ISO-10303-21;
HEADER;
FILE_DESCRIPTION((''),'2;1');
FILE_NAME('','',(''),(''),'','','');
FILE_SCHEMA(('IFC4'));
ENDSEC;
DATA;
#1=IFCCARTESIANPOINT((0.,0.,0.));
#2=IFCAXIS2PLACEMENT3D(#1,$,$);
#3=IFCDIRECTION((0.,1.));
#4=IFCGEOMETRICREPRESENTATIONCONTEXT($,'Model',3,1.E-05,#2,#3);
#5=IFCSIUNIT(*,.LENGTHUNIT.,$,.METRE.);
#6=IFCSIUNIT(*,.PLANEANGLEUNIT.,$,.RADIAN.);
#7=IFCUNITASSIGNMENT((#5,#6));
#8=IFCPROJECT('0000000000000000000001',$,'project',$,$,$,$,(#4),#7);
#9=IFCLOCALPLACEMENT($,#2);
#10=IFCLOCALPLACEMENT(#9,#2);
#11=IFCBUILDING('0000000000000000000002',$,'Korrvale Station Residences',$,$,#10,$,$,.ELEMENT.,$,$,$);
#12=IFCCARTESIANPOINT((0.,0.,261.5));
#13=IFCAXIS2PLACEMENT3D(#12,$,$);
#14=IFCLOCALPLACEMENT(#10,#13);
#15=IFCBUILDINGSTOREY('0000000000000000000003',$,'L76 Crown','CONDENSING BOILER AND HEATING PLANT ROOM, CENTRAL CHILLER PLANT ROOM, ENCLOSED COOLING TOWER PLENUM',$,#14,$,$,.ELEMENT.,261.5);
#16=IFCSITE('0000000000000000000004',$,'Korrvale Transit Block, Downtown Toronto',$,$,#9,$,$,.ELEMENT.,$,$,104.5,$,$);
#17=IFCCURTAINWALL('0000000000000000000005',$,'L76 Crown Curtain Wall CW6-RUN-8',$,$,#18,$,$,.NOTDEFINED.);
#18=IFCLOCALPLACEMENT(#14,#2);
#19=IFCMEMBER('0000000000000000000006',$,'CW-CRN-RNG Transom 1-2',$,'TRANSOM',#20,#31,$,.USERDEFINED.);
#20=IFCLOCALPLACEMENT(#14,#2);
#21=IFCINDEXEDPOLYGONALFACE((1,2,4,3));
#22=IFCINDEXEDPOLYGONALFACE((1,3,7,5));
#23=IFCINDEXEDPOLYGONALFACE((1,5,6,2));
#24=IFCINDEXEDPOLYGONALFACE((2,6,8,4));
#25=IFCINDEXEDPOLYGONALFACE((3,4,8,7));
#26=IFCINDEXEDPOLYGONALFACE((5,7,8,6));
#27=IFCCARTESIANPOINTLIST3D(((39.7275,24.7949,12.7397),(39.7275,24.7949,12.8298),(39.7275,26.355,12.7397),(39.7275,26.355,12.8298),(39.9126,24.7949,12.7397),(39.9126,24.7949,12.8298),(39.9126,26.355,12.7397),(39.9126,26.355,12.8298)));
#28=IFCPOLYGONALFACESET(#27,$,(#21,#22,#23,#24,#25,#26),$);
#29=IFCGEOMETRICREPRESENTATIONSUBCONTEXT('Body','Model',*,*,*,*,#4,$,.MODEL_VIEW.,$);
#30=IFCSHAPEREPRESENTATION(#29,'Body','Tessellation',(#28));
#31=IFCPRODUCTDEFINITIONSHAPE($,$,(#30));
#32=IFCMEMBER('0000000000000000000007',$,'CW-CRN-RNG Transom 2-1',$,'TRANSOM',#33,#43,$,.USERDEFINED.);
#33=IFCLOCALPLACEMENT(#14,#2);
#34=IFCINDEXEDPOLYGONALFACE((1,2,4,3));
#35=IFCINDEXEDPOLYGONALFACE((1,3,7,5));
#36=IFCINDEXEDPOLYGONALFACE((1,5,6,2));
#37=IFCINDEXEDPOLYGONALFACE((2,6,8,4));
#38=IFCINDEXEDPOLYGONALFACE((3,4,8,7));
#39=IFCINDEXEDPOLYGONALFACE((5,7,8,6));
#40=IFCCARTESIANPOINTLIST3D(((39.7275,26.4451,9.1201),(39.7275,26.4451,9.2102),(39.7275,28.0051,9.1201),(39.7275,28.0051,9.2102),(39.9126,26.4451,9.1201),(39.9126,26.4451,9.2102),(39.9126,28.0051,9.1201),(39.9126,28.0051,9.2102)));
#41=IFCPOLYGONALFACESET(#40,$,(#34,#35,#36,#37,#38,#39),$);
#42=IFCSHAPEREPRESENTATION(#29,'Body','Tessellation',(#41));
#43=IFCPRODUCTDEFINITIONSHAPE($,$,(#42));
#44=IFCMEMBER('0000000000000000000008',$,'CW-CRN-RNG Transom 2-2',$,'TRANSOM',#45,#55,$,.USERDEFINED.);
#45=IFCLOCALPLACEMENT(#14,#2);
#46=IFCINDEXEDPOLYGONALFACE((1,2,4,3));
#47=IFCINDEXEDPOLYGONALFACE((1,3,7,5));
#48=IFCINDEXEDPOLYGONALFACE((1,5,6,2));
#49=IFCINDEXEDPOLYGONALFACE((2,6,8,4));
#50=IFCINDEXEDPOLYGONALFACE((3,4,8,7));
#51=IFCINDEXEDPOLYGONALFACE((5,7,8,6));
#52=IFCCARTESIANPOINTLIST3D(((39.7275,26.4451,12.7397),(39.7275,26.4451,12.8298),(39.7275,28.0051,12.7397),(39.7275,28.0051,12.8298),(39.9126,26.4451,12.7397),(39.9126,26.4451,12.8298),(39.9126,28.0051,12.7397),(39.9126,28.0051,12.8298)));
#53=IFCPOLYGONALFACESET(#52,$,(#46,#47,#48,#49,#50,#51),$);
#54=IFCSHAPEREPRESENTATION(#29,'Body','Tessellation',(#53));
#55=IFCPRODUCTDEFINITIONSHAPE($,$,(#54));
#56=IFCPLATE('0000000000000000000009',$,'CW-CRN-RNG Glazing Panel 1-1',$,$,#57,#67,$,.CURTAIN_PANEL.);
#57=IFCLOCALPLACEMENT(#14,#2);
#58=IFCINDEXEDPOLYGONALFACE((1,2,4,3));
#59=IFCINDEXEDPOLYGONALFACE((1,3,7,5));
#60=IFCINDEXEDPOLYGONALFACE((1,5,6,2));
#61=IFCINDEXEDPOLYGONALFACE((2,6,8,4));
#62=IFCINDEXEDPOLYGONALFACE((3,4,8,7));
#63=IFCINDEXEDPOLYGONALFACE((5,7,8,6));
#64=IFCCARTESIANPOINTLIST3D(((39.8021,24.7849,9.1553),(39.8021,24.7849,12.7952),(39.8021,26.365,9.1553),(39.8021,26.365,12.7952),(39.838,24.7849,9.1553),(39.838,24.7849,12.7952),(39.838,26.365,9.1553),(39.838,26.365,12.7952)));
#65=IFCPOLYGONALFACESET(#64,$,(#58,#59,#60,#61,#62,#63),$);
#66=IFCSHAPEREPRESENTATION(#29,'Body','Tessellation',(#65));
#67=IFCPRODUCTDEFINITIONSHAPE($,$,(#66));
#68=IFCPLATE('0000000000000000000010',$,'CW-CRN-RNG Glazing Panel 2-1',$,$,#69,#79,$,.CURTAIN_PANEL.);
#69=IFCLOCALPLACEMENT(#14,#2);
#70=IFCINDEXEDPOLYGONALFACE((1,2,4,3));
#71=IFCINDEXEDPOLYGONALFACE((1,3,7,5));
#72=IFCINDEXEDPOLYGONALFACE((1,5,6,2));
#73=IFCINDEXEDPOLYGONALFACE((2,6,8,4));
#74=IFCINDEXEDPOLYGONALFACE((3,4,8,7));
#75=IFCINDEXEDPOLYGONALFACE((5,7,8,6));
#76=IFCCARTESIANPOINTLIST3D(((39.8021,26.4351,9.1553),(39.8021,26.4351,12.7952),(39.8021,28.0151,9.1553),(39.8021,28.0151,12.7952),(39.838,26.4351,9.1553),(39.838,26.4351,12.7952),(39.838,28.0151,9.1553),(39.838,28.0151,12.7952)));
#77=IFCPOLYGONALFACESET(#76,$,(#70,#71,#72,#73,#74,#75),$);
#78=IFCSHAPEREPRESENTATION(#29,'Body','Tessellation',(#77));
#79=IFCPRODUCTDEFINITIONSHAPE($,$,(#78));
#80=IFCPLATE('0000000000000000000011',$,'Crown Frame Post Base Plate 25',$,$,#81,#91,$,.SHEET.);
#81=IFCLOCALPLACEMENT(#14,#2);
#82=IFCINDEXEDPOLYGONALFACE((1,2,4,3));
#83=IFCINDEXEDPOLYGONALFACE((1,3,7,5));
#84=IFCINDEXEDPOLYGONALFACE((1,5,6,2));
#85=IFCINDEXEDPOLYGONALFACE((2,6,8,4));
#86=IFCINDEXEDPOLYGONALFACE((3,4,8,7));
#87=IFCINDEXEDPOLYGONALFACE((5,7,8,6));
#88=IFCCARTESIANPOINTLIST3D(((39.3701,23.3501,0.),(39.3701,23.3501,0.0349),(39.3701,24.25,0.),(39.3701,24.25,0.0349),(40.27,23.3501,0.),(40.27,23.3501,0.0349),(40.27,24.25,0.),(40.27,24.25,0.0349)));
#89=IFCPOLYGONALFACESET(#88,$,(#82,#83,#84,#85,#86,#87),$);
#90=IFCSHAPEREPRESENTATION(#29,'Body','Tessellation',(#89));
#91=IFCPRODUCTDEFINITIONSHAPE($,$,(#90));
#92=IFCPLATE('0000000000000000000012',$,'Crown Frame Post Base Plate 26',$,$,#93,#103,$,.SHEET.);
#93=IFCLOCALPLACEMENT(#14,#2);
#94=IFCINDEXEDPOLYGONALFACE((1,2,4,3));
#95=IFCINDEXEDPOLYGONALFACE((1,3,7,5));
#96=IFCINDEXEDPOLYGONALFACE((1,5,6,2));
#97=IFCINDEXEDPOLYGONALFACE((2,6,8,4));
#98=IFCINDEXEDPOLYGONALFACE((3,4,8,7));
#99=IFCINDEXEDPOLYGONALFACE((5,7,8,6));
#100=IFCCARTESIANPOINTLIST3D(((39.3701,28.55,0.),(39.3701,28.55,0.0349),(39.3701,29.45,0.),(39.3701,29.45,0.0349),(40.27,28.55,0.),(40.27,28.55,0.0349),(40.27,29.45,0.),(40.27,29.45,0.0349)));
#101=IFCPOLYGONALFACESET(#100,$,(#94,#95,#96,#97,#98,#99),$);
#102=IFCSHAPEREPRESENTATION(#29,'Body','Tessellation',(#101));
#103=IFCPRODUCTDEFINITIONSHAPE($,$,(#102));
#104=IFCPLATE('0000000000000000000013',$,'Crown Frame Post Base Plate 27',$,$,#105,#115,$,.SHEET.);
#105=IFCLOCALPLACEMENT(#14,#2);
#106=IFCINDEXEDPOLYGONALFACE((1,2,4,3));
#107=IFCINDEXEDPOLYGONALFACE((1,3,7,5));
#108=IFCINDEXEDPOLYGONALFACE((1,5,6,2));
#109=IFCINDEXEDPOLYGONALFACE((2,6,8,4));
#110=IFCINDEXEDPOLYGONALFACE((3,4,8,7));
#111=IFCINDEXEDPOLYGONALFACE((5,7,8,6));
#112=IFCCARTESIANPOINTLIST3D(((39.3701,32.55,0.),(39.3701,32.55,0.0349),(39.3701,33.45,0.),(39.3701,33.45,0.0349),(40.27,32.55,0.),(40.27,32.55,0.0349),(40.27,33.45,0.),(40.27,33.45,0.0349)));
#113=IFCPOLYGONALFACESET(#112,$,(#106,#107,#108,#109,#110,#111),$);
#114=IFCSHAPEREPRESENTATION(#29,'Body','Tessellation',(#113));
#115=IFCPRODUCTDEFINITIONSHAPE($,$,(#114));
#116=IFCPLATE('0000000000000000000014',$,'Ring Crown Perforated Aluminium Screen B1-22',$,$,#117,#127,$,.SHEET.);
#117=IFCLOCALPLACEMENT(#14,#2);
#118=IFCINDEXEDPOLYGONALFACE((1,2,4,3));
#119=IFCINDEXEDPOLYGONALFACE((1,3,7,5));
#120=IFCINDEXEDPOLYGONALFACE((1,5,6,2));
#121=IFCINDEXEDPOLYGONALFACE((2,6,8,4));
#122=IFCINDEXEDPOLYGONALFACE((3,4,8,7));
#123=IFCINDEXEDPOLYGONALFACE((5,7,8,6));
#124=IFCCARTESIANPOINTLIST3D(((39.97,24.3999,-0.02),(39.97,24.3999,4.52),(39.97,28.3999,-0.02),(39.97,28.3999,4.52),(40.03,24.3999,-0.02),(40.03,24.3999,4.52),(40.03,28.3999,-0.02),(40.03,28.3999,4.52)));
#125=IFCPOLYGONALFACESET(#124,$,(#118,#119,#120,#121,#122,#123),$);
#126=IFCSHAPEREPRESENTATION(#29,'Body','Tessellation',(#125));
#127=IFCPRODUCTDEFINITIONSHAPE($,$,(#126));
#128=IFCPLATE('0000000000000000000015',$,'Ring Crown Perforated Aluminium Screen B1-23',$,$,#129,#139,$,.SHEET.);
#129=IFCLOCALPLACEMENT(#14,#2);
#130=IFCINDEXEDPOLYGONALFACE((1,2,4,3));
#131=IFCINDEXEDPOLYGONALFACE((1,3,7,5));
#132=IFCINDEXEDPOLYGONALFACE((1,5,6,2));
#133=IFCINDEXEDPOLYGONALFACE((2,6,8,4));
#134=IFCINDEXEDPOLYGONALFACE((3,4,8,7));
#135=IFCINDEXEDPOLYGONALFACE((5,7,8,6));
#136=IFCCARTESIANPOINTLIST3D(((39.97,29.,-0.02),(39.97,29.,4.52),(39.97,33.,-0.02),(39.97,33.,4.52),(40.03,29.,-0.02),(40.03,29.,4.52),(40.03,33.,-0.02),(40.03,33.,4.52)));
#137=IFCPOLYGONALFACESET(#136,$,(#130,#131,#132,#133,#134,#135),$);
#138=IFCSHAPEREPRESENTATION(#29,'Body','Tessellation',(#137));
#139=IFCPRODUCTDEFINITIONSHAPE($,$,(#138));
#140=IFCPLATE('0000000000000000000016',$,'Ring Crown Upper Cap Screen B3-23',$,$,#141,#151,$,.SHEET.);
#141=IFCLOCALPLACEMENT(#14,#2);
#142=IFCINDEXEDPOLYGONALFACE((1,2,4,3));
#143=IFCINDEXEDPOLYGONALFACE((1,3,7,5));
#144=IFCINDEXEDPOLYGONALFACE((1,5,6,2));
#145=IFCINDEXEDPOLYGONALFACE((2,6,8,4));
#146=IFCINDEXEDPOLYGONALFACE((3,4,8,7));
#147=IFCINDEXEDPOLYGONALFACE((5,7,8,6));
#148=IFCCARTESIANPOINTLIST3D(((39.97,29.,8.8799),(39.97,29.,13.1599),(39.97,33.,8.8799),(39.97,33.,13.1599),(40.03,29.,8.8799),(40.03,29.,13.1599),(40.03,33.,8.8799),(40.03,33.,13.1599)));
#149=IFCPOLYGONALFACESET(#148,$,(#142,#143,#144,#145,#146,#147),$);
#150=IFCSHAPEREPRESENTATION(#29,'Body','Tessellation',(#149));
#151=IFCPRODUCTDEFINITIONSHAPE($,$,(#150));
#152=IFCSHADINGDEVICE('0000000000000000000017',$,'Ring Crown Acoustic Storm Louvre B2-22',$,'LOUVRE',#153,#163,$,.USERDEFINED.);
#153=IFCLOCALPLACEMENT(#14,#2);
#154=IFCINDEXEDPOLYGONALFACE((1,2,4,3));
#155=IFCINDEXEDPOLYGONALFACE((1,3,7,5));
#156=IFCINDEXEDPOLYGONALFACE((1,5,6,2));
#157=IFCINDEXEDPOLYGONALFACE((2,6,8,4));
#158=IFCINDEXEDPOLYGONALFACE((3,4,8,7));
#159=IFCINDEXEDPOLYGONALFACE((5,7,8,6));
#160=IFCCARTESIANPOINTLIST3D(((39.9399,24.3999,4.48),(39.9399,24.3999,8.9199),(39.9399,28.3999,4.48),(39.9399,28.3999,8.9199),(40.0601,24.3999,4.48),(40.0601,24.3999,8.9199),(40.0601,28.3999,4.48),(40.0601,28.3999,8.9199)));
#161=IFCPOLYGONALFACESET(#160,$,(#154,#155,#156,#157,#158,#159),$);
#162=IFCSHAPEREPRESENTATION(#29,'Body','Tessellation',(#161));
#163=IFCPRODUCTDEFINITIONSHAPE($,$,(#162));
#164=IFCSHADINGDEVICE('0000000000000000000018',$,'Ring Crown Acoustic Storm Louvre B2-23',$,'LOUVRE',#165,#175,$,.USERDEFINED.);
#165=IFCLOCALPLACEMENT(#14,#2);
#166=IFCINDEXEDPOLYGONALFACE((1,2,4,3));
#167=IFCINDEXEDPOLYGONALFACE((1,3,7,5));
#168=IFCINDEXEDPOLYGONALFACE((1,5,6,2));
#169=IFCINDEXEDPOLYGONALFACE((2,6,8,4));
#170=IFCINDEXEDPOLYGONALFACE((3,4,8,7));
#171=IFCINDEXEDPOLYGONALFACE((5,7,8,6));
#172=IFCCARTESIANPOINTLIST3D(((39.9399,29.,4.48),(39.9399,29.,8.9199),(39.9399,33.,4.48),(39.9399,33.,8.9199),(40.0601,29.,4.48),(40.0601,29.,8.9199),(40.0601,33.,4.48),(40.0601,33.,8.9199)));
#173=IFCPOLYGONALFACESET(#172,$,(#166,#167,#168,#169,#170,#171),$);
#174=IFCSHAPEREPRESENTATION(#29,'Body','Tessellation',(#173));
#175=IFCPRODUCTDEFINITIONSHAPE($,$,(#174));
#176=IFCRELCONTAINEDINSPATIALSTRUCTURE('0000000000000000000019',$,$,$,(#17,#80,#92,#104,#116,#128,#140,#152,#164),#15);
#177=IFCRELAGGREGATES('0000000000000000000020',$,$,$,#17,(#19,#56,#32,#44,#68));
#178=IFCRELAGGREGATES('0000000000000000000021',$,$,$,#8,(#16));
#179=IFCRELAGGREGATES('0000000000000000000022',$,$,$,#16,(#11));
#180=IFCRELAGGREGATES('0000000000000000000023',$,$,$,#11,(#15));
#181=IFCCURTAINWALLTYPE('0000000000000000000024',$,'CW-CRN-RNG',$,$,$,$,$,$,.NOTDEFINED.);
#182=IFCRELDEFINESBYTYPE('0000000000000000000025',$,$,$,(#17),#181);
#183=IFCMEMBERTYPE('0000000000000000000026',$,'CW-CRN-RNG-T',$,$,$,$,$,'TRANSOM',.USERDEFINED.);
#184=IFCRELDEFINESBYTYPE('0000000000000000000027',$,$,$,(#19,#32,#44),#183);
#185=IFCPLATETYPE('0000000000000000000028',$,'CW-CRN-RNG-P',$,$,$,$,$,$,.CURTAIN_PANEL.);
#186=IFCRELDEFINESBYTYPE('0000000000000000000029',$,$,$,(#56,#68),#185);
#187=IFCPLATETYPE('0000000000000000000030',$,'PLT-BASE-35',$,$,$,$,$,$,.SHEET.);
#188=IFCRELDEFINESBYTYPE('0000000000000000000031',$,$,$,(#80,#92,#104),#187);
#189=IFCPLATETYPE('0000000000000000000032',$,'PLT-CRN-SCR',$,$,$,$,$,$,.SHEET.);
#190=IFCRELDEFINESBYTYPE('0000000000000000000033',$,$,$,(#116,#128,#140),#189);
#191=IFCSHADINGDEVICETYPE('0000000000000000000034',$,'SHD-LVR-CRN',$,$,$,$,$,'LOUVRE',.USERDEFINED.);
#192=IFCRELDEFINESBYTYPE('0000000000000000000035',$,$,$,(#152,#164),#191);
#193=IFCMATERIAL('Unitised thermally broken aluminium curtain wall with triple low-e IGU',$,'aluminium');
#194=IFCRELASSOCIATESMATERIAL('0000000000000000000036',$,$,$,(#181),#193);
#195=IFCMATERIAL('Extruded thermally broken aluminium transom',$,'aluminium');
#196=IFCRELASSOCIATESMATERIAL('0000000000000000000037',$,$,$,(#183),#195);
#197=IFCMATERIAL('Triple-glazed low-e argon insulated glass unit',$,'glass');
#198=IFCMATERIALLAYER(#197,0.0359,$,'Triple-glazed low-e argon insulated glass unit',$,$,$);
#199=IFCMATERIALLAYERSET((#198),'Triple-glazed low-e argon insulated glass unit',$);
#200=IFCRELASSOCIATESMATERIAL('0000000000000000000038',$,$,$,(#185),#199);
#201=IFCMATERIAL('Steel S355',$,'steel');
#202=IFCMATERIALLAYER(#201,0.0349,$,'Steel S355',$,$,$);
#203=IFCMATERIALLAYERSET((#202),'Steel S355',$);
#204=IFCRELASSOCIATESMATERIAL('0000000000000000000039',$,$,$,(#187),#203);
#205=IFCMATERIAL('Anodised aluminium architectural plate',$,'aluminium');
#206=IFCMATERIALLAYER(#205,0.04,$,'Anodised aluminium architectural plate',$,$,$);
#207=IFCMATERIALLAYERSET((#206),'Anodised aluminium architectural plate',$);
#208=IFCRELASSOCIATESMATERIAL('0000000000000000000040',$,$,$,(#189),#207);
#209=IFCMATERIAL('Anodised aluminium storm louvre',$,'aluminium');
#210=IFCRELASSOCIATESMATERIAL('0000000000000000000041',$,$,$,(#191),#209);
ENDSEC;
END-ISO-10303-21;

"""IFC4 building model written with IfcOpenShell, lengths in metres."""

from ifc_helpers import new_model, si_unit, direction, frame, origin, origin_2d, place, context, subcontext, project, spatial, rectangle, extrude, material, layer, layer_set, type_object, element, aggregate, save


model = new_model("IFC4")

# Units and contexts
model_context = context("Model", 3, precision=1e-05, world=origin(), true_north=direction((0.0, 1.0)))
body_context = subcontext(model_context, "Body", "Model", "MODEL_VIEW")
ifc_project = project(units=[si_unit("LENGTHUNIT", "METRE"), si_unit("PLANEANGLEUNIT", "RADIAN")], contexts=[model_context])

# Site, building, storey
site_placement = place(None, origin())
site = spatial("IfcSite", under=ifc_project, at=site_placement, Name="Korrvale Transit Block, Downtown Toronto", CompositionType="ELEMENT", RefElevation=104.5)
building_placement = place(site_placement, origin())
building = spatial("IfcBuilding", under=site, at=building_placement, Name="Korrvale Station Residences", CompositionType="ELEMENT")
storey_placement = place(building_placement, frame((0.0, 0.0, 261.5)))
storey = spatial("IfcBuildingStorey", under=building, at=storey_placement, Name="L76 Crown", Description="CONDENSING BOILER AND HEATING PLANT ROOM, CENTRAL CHILLER PLANT ROOM, ENCLOSED COOLING TOWER PLENUM", CompositionType="ELEMENT", Elevation=261.5)

# Shared definitions
ifc_material_1 = material(Name="Steel S355", Category="steel")

# Curtain wall, members, plates
ifc_material_2 = material(Name="Unitised thermally broken aluminium curtain wall with triple low-e IGU", Category="aluminium")
curtain_wall_type = type_object("IfcCurtainWallType", Name="CW-CRN-RNG", PredefinedType="NOTDEFINED", material=ifc_material_2)
curtain_wall_placement = place(storey_placement, origin())
curtain_wall = element("IfcCurtainWall", 1, at=curtain_wall_placement, inside=storey, type_object=curtain_wall_type, Name="L76 Crown Curtain Wall CW6-RUN-8", PredefinedType="NOTDEFINED")
ifc_material_3 = material(Name="Extruded thermally broken aluminium transom", Category="aluminium")
member_type_1 = type_object("IfcMemberType", Name="CW-CRN-RNG-T", ElementType="TRANSOM", PredefinedType="USERDEFINED", material=ifc_material_3)
member_1_placement = place(storey_placement, frame((39.8201, 25.575, 12.7397), z_axis=(0.0, 0.0, 1.0), x_axis=(0.0, 1.0, 0.0)))
member_1 = element("IfcMember", 2, at=member_1_placement, type_object=member_type_1, Name="CW-CRN-RNG Transom 1-2", ObjectType="TRANSOM", PredefinedType="USERDEFINED", context=body_context, shape_type="SweptSolid", body=[
    extrude(rectangle(XDim=1.5601, YDim=0.1851, at=origin_2d()), origin(), (0.0, 0.0, 1.0), 0.0901),
])
member_2_placement = place(storey_placement, frame((39.8201, 27.2251, 9.1201), z_axis=(0.0, 0.0, 1.0), x_axis=(0.0, 1.0, 0.0)))
member_2 = element("IfcMember", 3, at=member_2_placement, type_object=member_type_1, Name="CW-CRN-RNG Transom 2-1", ObjectType="TRANSOM", PredefinedType="USERDEFINED", context=body_context, shape_type="SweptSolid", body=[
    extrude(rectangle(XDim=1.5601, YDim=0.1851, at=origin_2d()), origin(), (0.0, 0.0, 1.0), 0.0901),
])
member_3_placement = place(storey_placement, frame((39.8201, 27.2251, 12.7397), z_axis=(0.0, 0.0, 1.0), x_axis=(0.0, 1.0, 0.0)))
member_3 = element("IfcMember", 4, at=member_3_placement, type_object=member_type_1, Name="CW-CRN-RNG Transom 2-2", ObjectType="TRANSOM", PredefinedType="USERDEFINED", context=body_context, shape_type="SweptSolid", body=[
    extrude(rectangle(XDim=1.5601, YDim=0.1851, at=origin_2d()), origin(), (0.0, 0.0, 1.0), 0.0901),
])
ifc_material_4 = material(Name="Triple-glazed low-e argon insulated glass unit", Category="glass")
ifc_layer_1 = layer(ifc_material_4, 0.0359, Name="Triple-glazed low-e argon insulated glass unit")
ifc_layer_set_1 = layer_set([ifc_layer_1], Name="Triple-glazed low-e argon insulated glass unit")
plate_type_1 = type_object("IfcPlateType", Name="CW-CRN-RNG-P", PredefinedType="CURTAIN_PANEL", material=ifc_layer_set_1)
plate_1_placement = place(storey_placement, frame((39.8201, 25.575, 9.1553), z_axis=(0.0, 0.0, 1.0), x_axis=(0.0, 1.0, 0.0)))
plate_1 = element("IfcPlate", 5, at=plate_1_placement, type_object=plate_type_1, Name="CW-CRN-RNG Glazing Panel 1-1", PredefinedType="CURTAIN_PANEL", context=body_context, shape_type="SweptSolid", body=[
    extrude(rectangle(XDim=1.5801, YDim=0.0359, at=origin_2d()), origin(), (0.0, 0.0, 1.0), 3.6399),
])
plate_2_placement = place(storey_placement, frame((39.8201, 27.2251, 9.1553), z_axis=(0.0, 0.0, 1.0), x_axis=(0.0, 1.0, 0.0)))
plate_2 = element("IfcPlate", 6, at=plate_2_placement, type_object=plate_type_1, Name="CW-CRN-RNG Glazing Panel 2-1", PredefinedType="CURTAIN_PANEL", context=body_context, shape_type="SweptSolid", body=[
    extrude(rectangle(XDim=1.5801, YDim=0.0359, at=origin_2d()), origin(), (0.0, 0.0, 1.0), 3.6399),
])
aggregate(curtain_wall, [member_1, plate_1, member_2, member_3, plate_2])

# Plates
ifc_layer_2 = layer(ifc_material_1, 0.0349, Name="Steel S355")
ifc_layer_set_2 = layer_set([ifc_layer_2], Name="Steel S355")
plate_type_2 = type_object("IfcPlateType", Name="PLT-BASE-35", PredefinedType="SHEET", material=ifc_layer_set_2)
for number, where, z_axis, x_axis, name in (
    (7, (39.8201, 23.8, 0.0), (0.0, 0.0, 1.0), (1.0, 0.0, 0.0), "Crown Frame Post Base Plate 25"),
    (8, (39.8201, 29.0, 0.0), (0.0, 0.0, 1.0), (1.0, 0.0, 0.0), "Crown Frame Post Base Plate 26"),
    (9, (39.8201, 33.0, 0.0), (0.0, 0.0, 1.0), (1.0, 0.0, 0.0), "Crown Frame Post Base Plate 27"),
):
    element("IfcPlate", number, at=place(storey_placement, frame(where, z_axis=z_axis, x_axis=x_axis)), inside=storey, type_object=plate_type_2, Name=name, PredefinedType="SHEET", context=body_context, shape_type="SweptSolid", body=[
        extrude(rectangle(XDim=0.8999, YDim=0.8999, at=origin_2d()), origin(), (0.0, 0.0, 1.0), 0.0349),
    ])
ifc_material_5 = material(Name="Anodised aluminium architectural plate", Category="aluminium")
ifc_layer_3 = layer(ifc_material_5, 0.04, Name="Anodised aluminium architectural plate")
ifc_layer_set_3 = layer_set([ifc_layer_3], Name="Anodised aluminium architectural plate")
plate_type_3 = type_object("IfcPlateType", Name="PLT-CRN-SCR", PredefinedType="SHEET", material=ifc_layer_set_3)
for number, where, z_axis, x_axis, name in (
    (10, (40.0, 26.3999, -0.02), (0.0, 0.0, 1.0), (0.0, 1.0, 0.0), "Ring Crown Perforated Aluminium Screen B1-22"),
    (11, (40.0, 31.0, -0.02), (0.0, 0.0, 1.0), (0.0, 1.0, 0.0), "Ring Crown Perforated Aluminium Screen B1-23"),
):
    element("IfcPlate", number, at=place(storey_placement, frame(where, z_axis=z_axis, x_axis=x_axis)), inside=storey, type_object=plate_type_3, Name=name, PredefinedType="SHEET", context=body_context, shape_type="SweptSolid", body=[
        extrude(rectangle(XDim=4.0, YDim=0.0601, at=origin_2d()), origin(), (0.0, 0.0, 1.0), 4.54),
    ])
plate_3_placement = place(storey_placement, frame((40.0, 31.0, 8.8799), z_axis=(0.0, 0.0, 1.0), x_axis=(0.0, 1.0, 0.0)))
element("IfcPlate", 12, at=plate_3_placement, inside=storey, type_object=plate_type_3, Name="Ring Crown Upper Cap Screen B3-23", PredefinedType="SHEET", context=body_context, shape_type="SweptSolid", body=[
    extrude(rectangle(XDim=4.0, YDim=0.0601, at=origin_2d()), origin(), (0.0, 0.0, 1.0), 4.28),
])

# Shading devices
ifc_material_6 = material(Name="Anodised aluminium storm louvre", Category="aluminium")
shading_device_type = type_object("IfcShadingDeviceType", Name="SHD-LVR-CRN", ElementType="LOUVRE", PredefinedType="USERDEFINED", material=ifc_material_6)
for number, where, z_axis, x_axis, name in (
    (13, (40.0, 26.3999, 4.48), (0.0, 0.0, 1.0), (0.0, 1.0, 0.0), "Ring Crown Acoustic Storm Louvre B2-22"),
    (14, (40.0, 31.0, 4.48), (0.0, 0.0, 1.0), (0.0, 1.0, 0.0), "Ring Crown Acoustic Storm Louvre B2-23"),
):
    element("IfcShadingDevice", number, at=place(storey_placement, frame(where, z_axis=z_axis, x_axis=x_axis)), inside=storey, type_object=shading_device_type, Name=name, ObjectType="LOUVRE", PredefinedType="USERDEFINED", context=body_context, shape_type="SweptSolid", body=[
        extrude(rectangle(XDim=4.0, YDim=0.1201, at=origin_2d()), origin(), (0.0, 0.0, 1.0), 4.4399),
    ])

save(model, "model.ifc")
